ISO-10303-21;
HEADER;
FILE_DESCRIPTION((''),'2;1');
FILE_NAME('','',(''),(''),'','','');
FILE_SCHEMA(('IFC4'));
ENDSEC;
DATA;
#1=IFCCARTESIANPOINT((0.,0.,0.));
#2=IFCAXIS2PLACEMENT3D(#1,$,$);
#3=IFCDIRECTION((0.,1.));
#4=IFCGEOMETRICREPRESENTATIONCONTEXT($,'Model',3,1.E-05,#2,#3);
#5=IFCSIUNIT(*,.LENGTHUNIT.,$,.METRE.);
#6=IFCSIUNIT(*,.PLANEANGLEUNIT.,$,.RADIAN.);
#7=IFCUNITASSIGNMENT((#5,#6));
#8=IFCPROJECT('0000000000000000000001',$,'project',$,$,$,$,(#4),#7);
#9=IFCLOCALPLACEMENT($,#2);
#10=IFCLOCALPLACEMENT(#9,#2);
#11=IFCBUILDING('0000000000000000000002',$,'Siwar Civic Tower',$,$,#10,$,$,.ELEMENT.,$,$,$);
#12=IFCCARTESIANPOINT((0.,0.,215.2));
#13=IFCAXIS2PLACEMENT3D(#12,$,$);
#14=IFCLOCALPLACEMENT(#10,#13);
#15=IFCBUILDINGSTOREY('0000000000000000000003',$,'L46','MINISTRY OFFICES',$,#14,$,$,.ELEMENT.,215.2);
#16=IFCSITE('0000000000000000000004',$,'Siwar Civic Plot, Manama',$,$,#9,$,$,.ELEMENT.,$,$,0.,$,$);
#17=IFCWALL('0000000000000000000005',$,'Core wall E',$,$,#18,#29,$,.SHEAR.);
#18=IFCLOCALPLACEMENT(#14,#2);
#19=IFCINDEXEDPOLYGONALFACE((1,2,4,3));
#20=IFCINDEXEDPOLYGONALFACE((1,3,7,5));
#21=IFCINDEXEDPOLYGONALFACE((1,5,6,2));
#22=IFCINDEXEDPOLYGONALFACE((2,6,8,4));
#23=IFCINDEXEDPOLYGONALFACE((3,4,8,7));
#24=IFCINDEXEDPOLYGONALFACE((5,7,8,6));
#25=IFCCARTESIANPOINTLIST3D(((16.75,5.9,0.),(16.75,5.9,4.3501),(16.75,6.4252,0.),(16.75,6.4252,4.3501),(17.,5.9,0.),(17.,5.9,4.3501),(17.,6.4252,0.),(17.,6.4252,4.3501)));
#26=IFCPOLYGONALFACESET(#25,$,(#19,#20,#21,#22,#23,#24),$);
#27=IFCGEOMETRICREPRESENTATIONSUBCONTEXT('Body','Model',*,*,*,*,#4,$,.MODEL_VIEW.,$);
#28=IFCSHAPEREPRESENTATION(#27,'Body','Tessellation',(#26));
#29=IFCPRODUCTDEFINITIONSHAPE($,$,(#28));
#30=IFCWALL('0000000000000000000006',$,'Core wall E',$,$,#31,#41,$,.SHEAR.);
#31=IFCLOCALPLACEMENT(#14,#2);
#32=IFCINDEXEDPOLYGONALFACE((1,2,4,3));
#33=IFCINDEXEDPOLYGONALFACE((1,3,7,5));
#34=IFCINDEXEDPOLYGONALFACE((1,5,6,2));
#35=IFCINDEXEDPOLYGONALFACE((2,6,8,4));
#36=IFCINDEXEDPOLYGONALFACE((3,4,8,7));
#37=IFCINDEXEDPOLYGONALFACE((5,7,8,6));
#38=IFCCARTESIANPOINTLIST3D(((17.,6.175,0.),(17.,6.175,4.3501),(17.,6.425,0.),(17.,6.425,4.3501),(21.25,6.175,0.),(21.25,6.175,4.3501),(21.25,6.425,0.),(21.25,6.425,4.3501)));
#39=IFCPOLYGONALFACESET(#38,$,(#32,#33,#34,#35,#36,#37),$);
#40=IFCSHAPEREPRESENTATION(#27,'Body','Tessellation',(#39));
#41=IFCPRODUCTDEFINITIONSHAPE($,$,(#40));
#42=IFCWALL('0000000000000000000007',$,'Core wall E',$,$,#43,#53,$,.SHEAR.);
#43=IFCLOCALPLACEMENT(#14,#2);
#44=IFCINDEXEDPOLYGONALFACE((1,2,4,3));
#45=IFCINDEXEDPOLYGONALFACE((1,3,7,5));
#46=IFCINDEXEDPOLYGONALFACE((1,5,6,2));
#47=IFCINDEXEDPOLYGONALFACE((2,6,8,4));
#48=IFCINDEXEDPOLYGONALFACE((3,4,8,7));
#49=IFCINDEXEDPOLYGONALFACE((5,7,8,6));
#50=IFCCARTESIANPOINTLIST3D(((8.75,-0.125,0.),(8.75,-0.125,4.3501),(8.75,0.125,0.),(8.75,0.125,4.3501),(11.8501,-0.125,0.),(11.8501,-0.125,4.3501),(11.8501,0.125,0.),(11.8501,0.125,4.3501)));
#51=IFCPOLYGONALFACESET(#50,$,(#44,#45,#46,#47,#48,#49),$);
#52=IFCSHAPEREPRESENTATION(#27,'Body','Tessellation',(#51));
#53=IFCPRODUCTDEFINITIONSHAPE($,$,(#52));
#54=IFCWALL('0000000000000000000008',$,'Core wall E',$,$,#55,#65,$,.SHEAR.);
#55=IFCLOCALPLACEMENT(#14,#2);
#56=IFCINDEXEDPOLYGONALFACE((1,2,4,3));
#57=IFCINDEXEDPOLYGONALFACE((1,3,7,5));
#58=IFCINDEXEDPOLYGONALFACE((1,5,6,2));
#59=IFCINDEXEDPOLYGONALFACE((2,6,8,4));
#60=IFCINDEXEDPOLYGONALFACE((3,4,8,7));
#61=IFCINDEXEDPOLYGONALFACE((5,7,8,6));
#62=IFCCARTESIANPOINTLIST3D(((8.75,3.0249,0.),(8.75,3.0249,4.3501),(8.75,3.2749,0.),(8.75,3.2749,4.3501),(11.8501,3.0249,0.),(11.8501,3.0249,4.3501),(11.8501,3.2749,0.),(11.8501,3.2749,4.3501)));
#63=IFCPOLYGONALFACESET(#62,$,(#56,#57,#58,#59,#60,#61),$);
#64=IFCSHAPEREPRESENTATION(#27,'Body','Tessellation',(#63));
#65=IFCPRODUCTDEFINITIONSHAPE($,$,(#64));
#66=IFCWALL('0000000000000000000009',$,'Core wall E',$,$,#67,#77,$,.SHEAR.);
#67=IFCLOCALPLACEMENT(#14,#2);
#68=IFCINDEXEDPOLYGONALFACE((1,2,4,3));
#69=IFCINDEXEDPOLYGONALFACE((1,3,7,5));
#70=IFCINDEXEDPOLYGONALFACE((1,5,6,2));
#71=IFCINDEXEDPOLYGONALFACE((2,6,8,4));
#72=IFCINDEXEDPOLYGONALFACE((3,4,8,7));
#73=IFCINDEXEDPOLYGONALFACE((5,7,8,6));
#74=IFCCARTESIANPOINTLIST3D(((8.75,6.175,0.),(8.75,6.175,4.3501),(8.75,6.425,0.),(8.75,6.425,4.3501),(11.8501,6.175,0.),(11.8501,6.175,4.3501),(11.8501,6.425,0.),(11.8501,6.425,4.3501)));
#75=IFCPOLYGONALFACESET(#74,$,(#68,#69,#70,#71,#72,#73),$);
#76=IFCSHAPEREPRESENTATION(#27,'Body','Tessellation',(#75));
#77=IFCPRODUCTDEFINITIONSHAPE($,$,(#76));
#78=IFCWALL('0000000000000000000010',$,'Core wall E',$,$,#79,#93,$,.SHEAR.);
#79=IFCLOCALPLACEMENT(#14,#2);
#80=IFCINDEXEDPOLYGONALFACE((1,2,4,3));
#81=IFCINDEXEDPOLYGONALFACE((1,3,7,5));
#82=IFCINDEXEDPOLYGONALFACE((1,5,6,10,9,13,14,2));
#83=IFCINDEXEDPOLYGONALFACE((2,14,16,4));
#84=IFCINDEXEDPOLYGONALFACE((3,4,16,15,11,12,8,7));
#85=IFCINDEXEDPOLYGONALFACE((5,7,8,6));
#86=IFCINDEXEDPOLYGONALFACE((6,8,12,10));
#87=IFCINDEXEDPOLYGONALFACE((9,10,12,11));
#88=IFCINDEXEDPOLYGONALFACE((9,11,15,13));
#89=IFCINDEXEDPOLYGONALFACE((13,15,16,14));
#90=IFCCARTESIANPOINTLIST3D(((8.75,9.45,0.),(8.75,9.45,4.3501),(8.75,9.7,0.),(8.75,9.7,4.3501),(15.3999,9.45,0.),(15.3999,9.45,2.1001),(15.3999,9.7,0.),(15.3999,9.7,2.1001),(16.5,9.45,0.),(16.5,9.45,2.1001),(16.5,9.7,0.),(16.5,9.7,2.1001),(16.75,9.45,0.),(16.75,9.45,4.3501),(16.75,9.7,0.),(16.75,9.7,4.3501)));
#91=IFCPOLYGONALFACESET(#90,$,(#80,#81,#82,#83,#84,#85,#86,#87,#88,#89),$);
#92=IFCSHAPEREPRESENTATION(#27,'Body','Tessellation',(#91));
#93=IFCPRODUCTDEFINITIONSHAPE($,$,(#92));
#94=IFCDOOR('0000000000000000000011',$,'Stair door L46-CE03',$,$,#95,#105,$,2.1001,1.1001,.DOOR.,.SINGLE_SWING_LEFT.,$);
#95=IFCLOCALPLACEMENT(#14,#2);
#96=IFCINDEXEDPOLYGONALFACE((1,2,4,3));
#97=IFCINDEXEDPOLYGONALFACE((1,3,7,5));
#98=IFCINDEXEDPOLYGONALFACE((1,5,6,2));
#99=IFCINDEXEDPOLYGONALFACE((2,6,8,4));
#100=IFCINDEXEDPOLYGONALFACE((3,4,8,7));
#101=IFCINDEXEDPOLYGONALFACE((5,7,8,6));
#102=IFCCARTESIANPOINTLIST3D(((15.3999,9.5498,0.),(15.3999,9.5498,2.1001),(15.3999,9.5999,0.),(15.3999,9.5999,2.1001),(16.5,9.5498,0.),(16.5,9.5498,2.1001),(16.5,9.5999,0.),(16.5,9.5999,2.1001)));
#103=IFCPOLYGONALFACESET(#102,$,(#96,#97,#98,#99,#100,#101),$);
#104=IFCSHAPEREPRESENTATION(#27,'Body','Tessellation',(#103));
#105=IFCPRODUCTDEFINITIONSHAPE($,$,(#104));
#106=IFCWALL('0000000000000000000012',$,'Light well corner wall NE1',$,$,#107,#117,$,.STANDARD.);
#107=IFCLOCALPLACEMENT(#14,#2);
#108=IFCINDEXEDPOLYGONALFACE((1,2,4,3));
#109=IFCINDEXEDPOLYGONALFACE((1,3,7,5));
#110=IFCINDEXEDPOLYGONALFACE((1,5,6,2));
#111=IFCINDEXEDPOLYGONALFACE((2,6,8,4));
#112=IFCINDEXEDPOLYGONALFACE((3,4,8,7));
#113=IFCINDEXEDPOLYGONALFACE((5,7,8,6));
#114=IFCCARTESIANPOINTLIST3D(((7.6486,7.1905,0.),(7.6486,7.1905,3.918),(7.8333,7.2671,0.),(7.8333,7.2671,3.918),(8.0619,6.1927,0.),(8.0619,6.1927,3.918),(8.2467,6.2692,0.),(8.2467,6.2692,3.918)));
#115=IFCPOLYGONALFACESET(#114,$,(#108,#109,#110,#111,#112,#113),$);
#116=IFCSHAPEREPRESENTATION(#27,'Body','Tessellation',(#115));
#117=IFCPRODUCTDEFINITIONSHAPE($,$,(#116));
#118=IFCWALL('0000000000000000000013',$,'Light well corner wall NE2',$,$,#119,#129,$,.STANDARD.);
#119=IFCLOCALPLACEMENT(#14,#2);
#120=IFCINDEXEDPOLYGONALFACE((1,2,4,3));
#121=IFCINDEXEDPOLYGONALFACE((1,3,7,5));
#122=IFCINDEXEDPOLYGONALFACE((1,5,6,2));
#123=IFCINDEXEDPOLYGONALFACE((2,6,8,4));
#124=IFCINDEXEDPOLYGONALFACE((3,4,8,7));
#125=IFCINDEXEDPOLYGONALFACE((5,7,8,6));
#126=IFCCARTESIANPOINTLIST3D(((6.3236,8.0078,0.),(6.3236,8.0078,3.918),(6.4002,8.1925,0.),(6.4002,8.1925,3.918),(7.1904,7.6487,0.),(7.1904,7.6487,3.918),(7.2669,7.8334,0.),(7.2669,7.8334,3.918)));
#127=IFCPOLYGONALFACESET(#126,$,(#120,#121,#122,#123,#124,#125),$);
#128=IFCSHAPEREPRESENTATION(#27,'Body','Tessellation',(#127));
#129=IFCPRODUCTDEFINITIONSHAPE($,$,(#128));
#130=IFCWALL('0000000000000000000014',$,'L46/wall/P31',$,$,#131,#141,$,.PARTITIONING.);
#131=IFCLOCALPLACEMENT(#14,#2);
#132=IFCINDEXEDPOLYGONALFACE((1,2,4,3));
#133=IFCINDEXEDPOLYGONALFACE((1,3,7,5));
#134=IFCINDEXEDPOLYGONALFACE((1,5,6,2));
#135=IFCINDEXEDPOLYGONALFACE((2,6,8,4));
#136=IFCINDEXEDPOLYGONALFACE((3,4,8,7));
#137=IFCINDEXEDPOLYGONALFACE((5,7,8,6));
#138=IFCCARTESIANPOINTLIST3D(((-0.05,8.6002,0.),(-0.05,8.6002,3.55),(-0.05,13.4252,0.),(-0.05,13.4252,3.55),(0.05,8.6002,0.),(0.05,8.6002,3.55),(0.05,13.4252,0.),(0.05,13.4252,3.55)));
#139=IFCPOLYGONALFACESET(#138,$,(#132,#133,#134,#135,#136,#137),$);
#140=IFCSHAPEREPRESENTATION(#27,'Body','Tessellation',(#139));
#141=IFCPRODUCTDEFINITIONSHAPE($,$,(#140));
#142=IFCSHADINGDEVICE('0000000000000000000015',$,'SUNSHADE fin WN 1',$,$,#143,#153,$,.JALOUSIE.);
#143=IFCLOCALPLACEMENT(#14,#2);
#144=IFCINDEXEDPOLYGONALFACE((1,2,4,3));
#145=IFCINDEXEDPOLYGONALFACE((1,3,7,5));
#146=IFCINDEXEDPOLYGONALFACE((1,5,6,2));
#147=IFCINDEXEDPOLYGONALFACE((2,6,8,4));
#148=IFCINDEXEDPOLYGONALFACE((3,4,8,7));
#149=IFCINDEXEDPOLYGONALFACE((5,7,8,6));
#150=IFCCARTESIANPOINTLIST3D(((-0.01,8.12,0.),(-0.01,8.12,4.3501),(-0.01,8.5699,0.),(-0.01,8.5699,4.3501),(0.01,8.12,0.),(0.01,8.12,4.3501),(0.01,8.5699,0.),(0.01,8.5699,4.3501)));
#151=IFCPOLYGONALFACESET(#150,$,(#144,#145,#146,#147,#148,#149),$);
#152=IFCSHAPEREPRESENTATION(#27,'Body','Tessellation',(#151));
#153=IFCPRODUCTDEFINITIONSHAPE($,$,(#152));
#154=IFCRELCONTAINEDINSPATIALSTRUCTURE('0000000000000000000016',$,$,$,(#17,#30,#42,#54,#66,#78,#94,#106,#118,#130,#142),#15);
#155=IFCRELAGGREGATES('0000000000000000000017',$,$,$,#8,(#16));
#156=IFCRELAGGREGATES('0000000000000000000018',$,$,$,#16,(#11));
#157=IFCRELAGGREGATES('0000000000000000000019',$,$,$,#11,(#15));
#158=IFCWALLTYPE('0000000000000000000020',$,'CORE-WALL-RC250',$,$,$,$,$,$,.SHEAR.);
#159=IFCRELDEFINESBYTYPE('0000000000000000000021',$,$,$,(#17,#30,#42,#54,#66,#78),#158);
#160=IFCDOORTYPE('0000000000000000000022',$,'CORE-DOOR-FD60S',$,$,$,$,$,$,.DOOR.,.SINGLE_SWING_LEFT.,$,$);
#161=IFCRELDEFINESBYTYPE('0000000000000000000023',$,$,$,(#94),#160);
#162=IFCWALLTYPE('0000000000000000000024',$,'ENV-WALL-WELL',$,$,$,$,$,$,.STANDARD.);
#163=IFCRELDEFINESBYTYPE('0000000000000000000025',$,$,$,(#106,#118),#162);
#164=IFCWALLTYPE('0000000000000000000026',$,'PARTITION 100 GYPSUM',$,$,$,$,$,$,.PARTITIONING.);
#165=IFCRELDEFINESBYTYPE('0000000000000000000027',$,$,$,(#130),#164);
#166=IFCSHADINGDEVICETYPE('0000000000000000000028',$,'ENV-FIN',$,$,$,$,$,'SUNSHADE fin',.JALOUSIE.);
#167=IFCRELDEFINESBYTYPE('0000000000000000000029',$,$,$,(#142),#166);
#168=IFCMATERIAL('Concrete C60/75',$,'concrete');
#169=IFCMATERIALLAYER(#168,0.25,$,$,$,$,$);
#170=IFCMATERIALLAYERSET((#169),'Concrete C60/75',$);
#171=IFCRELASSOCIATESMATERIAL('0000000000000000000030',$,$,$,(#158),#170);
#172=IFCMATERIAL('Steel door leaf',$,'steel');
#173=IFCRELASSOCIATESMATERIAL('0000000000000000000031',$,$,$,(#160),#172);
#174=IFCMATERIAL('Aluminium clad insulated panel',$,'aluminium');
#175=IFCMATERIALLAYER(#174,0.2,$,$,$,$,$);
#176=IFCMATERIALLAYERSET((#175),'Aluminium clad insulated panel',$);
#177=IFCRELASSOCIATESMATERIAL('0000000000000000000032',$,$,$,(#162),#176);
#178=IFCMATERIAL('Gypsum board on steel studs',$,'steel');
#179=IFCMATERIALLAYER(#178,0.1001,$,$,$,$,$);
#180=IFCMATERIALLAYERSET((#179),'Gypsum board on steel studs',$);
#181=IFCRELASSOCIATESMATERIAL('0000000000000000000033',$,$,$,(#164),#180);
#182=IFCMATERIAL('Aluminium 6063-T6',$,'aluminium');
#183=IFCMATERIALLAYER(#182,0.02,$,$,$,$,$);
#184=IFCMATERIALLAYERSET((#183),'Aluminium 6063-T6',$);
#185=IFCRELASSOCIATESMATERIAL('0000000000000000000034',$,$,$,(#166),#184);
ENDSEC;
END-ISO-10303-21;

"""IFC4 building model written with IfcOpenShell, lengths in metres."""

from ifc_helpers import new_model, si_unit, direction, frame, frame_2d, origin, origin_2d, place, context, subcontext, project, spatial, rectangle, extrude, material, layer, layer_set, type_object, element, fill, save


model = new_model("IFC4")

# Units and contexts
model_context = context("Model", 3, precision=1e-05, world=origin(), true_north=direction((0.0, 1.0)))
body_context = subcontext(model_context, "Body", "Model", "MODEL_VIEW")
ifc_project = project(units=[si_unit("LENGTHUNIT", "METRE"), si_unit("PLANEANGLEUNIT", "RADIAN")], contexts=[model_context])

# Site, building, storey
site_placement = place(None, origin())
site = spatial("IfcSite", under=ifc_project, at=site_placement, Name="Siwar Civic Plot, Manama", CompositionType="ELEMENT", RefElevation=0.0)
building_placement = place(site_placement, origin())
building = spatial("IfcBuilding", under=site, at=building_placement, Name="Siwar Civic Tower", CompositionType="ELEMENT")
storey_placement = place(building_placement, frame((0.0, 0.0, 215.2)))
storey = spatial("IfcBuildingStorey", under=building, at=storey_placement, Name="L46", Description="MINISTRY OFFICES", CompositionType="ELEMENT", Elevation=215.2)

# Shared definitions
ifc_material_1 = material(Name="Concrete C60/75", Category="concrete")
ifc_layer_1 = layer(ifc_material_1, 0.25)
ifc_layer_set_1 = layer_set([ifc_layer_1], Name="Concrete C60/75")
wall_type_1 = type_object("IfcWallType", Name="CORE-WALL-RC250", PredefinedType="SHEAR", material=ifc_layer_set_1)

# Walls
wall_1_placement = place(storey_placement, frame((16.875, 5.8999, 0.0), z_axis=(0.0, 0.0, 1.0), x_axis=(0.0, 1.0, 0.0)))
element("IfcWall", 1, at=wall_1_placement, inside=storey, type_object=wall_type_1, Name="Core wall E", PredefinedType="SHEAR", context=body_context, shape_type="SweptSolid", body=[
    extrude(rectangle(XDim=0.5251, YDim=0.25, at=frame_2d((0.2627, 0.0))), origin(), (0.0, 0.0, 1.0), 4.3501),
])
wall_2_placement = place(storey_placement, frame((17.0, 6.3, 0.0), z_axis=(0.0, 0.0, 1.0), x_axis=(1.0, 0.0, 0.0)))
element("IfcWall", 2, at=wall_2_placement, inside=storey, type_object=wall_type_1, Name="Core wall E", PredefinedType="SHEAR", context=body_context, shape_type="SweptSolid", body=[
    extrude(rectangle(XDim=4.25, YDim=0.25, at=frame_2d((2.125, 0.0))), origin(), (0.0, 0.0, 1.0), 4.3501),
])
for number, where, z_axis, x_axis, name in (
    (3, (8.75, 0.0, 0.0), (0.0, 0.0, 1.0), (1.0, 0.0, 0.0), "Core wall E"),
    (4, (8.75, 3.1499, 0.0), (0.0, 0.0, 1.0), (1.0, 0.0, 0.0), "Core wall E"),
    (5, (8.75, 6.3, 0.0), (0.0, 0.0, 1.0), (1.0, 0.0, 0.0), "Core wall E"),
):
    element("IfcWall", number, at=place(storey_placement, frame(where, z_axis=z_axis, x_axis=x_axis)), inside=storey, type_object=wall_type_1, Name=name, PredefinedType="SHEAR", context=body_context, shape_type="SweptSolid", body=[
        extrude(rectangle(XDim=3.1001, YDim=0.25, at=frame_2d((1.55, 0.0))), origin(), (0.0, 0.0, 1.0), 4.3501),
    ])

# Wall, opening, door
wall_3_placement = place(storey_placement, frame((8.75, 9.575, 0.0), z_axis=(0.0, 0.0, 1.0), x_axis=(1.0, 0.0, 0.0)))
wall_3 = element("IfcWall", 6, at=wall_3_placement, inside=storey, type_object=wall_type_1, Name="Core wall E", PredefinedType="SHEAR", context=body_context, shape_type="SweptSolid", body=[
    extrude(rectangle(XDim=8.0, YDim=0.25, at=frame_2d((4.0, 0.0))), origin(), (0.0, 0.0, 1.0), 4.3501),
])
opening_1_placement = place(wall_3_placement, frame((6.6499, 0.0, 0.0)))
opening_1 = element("IfcOpeningElement", 7, at=opening_1_placement, cuts=wall_3, PredefinedType="OPENING", context=body_context, shape_type="SweptSolid", body=[
    extrude(rectangle(XDim=1.1001, YDim=2.1001, at=frame_2d((0.55, 1.05))), frame((0.0, 0.135, 0.0), z_axis=(0.0, -1.0, 0.0), x_axis=(1.0, 0.0, 0.0)), (0.0, 0.0, 1.0), 0.27),
])
ifc_material_2 = material(Name="Steel door leaf", Category="steel")
door_type_1 = type_object("IfcDoorType", Name="CORE-DOOR-FD60S", OperationType="SINGLE_SWING_LEFT", PredefinedType="DOOR", material=ifc_material_2)
door_1_placement = place(opening_1_placement, origin())
door_1 = element("IfcDoor", 8, at=door_1_placement, inside=storey, type_object=door_type_1, Name="Stair door L46-CE03", OperationType="SINGLE_SWING_LEFT", OverallHeight=2.1001, OverallWidth=1.1001, PredefinedType="DOOR", context=body_context, shape_type="SweptSolid", body=[
    extrude(rectangle(XDim=1.1001, YDim=2.1001, at=frame_2d((0.55, 1.05))), frame((0.0, 0.0249, 0.0), z_axis=(0.0, -1.0, 0.0), x_axis=(1.0, 0.0, 0.0)), (0.0, 0.0, 1.0), 0.05),
])
fill(opening_1, door_1)

# Walls
ifc_material_3 = material(Name="Aluminium clad insulated panel", Category="aluminium")
ifc_layer_2 = layer(ifc_material_3, 0.2)
ifc_layer_set_2 = layer_set([ifc_layer_2], Name="Aluminium clad insulated panel")
wall_type_2 = type_object("IfcWallType", Name="ENV-WALL-WELL", PredefinedType="STANDARD", material=ifc_layer_set_2)
wall_4_placement = place(storey_placement, frame((8.1543, 6.231, 0.0), z_axis=(0.0, 0.0, 1.0), x_axis=(-0.382704, 0.923871, 0.0)))
element("IfcWall", 9, at=wall_4_placement, inside=storey, type_object=wall_type_2, Name="Light well corner wall NE1", PredefinedType="STANDARD", context=body_context, shape_type="SweptSolid", body=[
    extrude(rectangle(XDim=1.0801, YDim=0.2, at=frame_2d((0.54, 0.0))), origin(), (0.0, 0.0, 1.0), 3.918),
])
wall_5_placement = place(storey_placement, frame((7.2288, 7.741, 0.0), z_axis=(0.0, 0.0, 1.0), x_axis=(-0.92383, 0.382804, 0.0)))
element("IfcWall", 10, at=wall_5_placement, inside=storey, type_object=wall_type_2, Name="Light well corner wall NE2", PredefinedType="STANDARD", context=body_context, shape_type="SweptSolid", body=[
    extrude(rectangle(XDim=0.9382, YDim=0.2, at=frame_2d((0.4692, 0.0))), origin(), (0.0, 0.0, 1.0), 3.918),
])
ifc_material_4 = material(Name="Gypsum board on steel studs", Category="steel")
ifc_layer_3 = layer(ifc_material_4, 0.1001)
ifc_layer_set_3 = layer_set([ifc_layer_3], Name="Gypsum board on steel studs")
wall_type_3 = type_object("IfcWallType", Name="PARTITION 100 GYPSUM", PredefinedType="PARTITIONING", material=ifc_layer_set_3)
wall_6_placement = place(storey_placement, frame((0.0, 8.6001, 0.0), z_axis=(0.0, 0.0, 1.0), x_axis=(0.0, 1.0, 0.0)))
element("IfcWall", 11, at=wall_6_placement, inside=storey, type_object=wall_type_3, Name="L46/wall/P31", PredefinedType="PARTITIONING", context=body_context, shape_type="SweptSolid", body=[
    extrude(rectangle(XDim=4.825, YDim=0.1001, at=frame_2d((2.4126, 0.0))), origin(), (0.0, 0.0, 1.0), 3.55),
])

# Shading device
ifc_material_5 = material(Name="Aluminium 6063-T6", Category="aluminium")
ifc_layer_4 = layer(ifc_material_5, 0.02)
ifc_layer_set_4 = layer_set([ifc_layer_4], Name="Aluminium 6063-T6")
shading_device_type = type_object("IfcShadingDeviceType", Name="ENV-FIN", ElementType="SUNSHADE fin", PredefinedType="JALOUSIE", material=ifc_layer_set_4)
shading_device_placement = place(storey_placement, frame((0.0, 8.345, 0.0), z_axis=(0.0, 0.0, 1.0), x_axis=(-1.0, 0.0, 0.0)))
element("IfcShadingDevice", 12, at=shading_device_placement, inside=storey, type_object=shading_device_type, Name="SUNSHADE fin WN 1", PredefinedType="JALOUSIE", context=body_context, shape_type="SweptSolid", body=[
    extrude(rectangle(XDim=0.02, YDim=0.45, at=origin_2d()), origin(), (0.0, 0.0, 1.0), 4.3501),
])

save(model, "model.ifc")
